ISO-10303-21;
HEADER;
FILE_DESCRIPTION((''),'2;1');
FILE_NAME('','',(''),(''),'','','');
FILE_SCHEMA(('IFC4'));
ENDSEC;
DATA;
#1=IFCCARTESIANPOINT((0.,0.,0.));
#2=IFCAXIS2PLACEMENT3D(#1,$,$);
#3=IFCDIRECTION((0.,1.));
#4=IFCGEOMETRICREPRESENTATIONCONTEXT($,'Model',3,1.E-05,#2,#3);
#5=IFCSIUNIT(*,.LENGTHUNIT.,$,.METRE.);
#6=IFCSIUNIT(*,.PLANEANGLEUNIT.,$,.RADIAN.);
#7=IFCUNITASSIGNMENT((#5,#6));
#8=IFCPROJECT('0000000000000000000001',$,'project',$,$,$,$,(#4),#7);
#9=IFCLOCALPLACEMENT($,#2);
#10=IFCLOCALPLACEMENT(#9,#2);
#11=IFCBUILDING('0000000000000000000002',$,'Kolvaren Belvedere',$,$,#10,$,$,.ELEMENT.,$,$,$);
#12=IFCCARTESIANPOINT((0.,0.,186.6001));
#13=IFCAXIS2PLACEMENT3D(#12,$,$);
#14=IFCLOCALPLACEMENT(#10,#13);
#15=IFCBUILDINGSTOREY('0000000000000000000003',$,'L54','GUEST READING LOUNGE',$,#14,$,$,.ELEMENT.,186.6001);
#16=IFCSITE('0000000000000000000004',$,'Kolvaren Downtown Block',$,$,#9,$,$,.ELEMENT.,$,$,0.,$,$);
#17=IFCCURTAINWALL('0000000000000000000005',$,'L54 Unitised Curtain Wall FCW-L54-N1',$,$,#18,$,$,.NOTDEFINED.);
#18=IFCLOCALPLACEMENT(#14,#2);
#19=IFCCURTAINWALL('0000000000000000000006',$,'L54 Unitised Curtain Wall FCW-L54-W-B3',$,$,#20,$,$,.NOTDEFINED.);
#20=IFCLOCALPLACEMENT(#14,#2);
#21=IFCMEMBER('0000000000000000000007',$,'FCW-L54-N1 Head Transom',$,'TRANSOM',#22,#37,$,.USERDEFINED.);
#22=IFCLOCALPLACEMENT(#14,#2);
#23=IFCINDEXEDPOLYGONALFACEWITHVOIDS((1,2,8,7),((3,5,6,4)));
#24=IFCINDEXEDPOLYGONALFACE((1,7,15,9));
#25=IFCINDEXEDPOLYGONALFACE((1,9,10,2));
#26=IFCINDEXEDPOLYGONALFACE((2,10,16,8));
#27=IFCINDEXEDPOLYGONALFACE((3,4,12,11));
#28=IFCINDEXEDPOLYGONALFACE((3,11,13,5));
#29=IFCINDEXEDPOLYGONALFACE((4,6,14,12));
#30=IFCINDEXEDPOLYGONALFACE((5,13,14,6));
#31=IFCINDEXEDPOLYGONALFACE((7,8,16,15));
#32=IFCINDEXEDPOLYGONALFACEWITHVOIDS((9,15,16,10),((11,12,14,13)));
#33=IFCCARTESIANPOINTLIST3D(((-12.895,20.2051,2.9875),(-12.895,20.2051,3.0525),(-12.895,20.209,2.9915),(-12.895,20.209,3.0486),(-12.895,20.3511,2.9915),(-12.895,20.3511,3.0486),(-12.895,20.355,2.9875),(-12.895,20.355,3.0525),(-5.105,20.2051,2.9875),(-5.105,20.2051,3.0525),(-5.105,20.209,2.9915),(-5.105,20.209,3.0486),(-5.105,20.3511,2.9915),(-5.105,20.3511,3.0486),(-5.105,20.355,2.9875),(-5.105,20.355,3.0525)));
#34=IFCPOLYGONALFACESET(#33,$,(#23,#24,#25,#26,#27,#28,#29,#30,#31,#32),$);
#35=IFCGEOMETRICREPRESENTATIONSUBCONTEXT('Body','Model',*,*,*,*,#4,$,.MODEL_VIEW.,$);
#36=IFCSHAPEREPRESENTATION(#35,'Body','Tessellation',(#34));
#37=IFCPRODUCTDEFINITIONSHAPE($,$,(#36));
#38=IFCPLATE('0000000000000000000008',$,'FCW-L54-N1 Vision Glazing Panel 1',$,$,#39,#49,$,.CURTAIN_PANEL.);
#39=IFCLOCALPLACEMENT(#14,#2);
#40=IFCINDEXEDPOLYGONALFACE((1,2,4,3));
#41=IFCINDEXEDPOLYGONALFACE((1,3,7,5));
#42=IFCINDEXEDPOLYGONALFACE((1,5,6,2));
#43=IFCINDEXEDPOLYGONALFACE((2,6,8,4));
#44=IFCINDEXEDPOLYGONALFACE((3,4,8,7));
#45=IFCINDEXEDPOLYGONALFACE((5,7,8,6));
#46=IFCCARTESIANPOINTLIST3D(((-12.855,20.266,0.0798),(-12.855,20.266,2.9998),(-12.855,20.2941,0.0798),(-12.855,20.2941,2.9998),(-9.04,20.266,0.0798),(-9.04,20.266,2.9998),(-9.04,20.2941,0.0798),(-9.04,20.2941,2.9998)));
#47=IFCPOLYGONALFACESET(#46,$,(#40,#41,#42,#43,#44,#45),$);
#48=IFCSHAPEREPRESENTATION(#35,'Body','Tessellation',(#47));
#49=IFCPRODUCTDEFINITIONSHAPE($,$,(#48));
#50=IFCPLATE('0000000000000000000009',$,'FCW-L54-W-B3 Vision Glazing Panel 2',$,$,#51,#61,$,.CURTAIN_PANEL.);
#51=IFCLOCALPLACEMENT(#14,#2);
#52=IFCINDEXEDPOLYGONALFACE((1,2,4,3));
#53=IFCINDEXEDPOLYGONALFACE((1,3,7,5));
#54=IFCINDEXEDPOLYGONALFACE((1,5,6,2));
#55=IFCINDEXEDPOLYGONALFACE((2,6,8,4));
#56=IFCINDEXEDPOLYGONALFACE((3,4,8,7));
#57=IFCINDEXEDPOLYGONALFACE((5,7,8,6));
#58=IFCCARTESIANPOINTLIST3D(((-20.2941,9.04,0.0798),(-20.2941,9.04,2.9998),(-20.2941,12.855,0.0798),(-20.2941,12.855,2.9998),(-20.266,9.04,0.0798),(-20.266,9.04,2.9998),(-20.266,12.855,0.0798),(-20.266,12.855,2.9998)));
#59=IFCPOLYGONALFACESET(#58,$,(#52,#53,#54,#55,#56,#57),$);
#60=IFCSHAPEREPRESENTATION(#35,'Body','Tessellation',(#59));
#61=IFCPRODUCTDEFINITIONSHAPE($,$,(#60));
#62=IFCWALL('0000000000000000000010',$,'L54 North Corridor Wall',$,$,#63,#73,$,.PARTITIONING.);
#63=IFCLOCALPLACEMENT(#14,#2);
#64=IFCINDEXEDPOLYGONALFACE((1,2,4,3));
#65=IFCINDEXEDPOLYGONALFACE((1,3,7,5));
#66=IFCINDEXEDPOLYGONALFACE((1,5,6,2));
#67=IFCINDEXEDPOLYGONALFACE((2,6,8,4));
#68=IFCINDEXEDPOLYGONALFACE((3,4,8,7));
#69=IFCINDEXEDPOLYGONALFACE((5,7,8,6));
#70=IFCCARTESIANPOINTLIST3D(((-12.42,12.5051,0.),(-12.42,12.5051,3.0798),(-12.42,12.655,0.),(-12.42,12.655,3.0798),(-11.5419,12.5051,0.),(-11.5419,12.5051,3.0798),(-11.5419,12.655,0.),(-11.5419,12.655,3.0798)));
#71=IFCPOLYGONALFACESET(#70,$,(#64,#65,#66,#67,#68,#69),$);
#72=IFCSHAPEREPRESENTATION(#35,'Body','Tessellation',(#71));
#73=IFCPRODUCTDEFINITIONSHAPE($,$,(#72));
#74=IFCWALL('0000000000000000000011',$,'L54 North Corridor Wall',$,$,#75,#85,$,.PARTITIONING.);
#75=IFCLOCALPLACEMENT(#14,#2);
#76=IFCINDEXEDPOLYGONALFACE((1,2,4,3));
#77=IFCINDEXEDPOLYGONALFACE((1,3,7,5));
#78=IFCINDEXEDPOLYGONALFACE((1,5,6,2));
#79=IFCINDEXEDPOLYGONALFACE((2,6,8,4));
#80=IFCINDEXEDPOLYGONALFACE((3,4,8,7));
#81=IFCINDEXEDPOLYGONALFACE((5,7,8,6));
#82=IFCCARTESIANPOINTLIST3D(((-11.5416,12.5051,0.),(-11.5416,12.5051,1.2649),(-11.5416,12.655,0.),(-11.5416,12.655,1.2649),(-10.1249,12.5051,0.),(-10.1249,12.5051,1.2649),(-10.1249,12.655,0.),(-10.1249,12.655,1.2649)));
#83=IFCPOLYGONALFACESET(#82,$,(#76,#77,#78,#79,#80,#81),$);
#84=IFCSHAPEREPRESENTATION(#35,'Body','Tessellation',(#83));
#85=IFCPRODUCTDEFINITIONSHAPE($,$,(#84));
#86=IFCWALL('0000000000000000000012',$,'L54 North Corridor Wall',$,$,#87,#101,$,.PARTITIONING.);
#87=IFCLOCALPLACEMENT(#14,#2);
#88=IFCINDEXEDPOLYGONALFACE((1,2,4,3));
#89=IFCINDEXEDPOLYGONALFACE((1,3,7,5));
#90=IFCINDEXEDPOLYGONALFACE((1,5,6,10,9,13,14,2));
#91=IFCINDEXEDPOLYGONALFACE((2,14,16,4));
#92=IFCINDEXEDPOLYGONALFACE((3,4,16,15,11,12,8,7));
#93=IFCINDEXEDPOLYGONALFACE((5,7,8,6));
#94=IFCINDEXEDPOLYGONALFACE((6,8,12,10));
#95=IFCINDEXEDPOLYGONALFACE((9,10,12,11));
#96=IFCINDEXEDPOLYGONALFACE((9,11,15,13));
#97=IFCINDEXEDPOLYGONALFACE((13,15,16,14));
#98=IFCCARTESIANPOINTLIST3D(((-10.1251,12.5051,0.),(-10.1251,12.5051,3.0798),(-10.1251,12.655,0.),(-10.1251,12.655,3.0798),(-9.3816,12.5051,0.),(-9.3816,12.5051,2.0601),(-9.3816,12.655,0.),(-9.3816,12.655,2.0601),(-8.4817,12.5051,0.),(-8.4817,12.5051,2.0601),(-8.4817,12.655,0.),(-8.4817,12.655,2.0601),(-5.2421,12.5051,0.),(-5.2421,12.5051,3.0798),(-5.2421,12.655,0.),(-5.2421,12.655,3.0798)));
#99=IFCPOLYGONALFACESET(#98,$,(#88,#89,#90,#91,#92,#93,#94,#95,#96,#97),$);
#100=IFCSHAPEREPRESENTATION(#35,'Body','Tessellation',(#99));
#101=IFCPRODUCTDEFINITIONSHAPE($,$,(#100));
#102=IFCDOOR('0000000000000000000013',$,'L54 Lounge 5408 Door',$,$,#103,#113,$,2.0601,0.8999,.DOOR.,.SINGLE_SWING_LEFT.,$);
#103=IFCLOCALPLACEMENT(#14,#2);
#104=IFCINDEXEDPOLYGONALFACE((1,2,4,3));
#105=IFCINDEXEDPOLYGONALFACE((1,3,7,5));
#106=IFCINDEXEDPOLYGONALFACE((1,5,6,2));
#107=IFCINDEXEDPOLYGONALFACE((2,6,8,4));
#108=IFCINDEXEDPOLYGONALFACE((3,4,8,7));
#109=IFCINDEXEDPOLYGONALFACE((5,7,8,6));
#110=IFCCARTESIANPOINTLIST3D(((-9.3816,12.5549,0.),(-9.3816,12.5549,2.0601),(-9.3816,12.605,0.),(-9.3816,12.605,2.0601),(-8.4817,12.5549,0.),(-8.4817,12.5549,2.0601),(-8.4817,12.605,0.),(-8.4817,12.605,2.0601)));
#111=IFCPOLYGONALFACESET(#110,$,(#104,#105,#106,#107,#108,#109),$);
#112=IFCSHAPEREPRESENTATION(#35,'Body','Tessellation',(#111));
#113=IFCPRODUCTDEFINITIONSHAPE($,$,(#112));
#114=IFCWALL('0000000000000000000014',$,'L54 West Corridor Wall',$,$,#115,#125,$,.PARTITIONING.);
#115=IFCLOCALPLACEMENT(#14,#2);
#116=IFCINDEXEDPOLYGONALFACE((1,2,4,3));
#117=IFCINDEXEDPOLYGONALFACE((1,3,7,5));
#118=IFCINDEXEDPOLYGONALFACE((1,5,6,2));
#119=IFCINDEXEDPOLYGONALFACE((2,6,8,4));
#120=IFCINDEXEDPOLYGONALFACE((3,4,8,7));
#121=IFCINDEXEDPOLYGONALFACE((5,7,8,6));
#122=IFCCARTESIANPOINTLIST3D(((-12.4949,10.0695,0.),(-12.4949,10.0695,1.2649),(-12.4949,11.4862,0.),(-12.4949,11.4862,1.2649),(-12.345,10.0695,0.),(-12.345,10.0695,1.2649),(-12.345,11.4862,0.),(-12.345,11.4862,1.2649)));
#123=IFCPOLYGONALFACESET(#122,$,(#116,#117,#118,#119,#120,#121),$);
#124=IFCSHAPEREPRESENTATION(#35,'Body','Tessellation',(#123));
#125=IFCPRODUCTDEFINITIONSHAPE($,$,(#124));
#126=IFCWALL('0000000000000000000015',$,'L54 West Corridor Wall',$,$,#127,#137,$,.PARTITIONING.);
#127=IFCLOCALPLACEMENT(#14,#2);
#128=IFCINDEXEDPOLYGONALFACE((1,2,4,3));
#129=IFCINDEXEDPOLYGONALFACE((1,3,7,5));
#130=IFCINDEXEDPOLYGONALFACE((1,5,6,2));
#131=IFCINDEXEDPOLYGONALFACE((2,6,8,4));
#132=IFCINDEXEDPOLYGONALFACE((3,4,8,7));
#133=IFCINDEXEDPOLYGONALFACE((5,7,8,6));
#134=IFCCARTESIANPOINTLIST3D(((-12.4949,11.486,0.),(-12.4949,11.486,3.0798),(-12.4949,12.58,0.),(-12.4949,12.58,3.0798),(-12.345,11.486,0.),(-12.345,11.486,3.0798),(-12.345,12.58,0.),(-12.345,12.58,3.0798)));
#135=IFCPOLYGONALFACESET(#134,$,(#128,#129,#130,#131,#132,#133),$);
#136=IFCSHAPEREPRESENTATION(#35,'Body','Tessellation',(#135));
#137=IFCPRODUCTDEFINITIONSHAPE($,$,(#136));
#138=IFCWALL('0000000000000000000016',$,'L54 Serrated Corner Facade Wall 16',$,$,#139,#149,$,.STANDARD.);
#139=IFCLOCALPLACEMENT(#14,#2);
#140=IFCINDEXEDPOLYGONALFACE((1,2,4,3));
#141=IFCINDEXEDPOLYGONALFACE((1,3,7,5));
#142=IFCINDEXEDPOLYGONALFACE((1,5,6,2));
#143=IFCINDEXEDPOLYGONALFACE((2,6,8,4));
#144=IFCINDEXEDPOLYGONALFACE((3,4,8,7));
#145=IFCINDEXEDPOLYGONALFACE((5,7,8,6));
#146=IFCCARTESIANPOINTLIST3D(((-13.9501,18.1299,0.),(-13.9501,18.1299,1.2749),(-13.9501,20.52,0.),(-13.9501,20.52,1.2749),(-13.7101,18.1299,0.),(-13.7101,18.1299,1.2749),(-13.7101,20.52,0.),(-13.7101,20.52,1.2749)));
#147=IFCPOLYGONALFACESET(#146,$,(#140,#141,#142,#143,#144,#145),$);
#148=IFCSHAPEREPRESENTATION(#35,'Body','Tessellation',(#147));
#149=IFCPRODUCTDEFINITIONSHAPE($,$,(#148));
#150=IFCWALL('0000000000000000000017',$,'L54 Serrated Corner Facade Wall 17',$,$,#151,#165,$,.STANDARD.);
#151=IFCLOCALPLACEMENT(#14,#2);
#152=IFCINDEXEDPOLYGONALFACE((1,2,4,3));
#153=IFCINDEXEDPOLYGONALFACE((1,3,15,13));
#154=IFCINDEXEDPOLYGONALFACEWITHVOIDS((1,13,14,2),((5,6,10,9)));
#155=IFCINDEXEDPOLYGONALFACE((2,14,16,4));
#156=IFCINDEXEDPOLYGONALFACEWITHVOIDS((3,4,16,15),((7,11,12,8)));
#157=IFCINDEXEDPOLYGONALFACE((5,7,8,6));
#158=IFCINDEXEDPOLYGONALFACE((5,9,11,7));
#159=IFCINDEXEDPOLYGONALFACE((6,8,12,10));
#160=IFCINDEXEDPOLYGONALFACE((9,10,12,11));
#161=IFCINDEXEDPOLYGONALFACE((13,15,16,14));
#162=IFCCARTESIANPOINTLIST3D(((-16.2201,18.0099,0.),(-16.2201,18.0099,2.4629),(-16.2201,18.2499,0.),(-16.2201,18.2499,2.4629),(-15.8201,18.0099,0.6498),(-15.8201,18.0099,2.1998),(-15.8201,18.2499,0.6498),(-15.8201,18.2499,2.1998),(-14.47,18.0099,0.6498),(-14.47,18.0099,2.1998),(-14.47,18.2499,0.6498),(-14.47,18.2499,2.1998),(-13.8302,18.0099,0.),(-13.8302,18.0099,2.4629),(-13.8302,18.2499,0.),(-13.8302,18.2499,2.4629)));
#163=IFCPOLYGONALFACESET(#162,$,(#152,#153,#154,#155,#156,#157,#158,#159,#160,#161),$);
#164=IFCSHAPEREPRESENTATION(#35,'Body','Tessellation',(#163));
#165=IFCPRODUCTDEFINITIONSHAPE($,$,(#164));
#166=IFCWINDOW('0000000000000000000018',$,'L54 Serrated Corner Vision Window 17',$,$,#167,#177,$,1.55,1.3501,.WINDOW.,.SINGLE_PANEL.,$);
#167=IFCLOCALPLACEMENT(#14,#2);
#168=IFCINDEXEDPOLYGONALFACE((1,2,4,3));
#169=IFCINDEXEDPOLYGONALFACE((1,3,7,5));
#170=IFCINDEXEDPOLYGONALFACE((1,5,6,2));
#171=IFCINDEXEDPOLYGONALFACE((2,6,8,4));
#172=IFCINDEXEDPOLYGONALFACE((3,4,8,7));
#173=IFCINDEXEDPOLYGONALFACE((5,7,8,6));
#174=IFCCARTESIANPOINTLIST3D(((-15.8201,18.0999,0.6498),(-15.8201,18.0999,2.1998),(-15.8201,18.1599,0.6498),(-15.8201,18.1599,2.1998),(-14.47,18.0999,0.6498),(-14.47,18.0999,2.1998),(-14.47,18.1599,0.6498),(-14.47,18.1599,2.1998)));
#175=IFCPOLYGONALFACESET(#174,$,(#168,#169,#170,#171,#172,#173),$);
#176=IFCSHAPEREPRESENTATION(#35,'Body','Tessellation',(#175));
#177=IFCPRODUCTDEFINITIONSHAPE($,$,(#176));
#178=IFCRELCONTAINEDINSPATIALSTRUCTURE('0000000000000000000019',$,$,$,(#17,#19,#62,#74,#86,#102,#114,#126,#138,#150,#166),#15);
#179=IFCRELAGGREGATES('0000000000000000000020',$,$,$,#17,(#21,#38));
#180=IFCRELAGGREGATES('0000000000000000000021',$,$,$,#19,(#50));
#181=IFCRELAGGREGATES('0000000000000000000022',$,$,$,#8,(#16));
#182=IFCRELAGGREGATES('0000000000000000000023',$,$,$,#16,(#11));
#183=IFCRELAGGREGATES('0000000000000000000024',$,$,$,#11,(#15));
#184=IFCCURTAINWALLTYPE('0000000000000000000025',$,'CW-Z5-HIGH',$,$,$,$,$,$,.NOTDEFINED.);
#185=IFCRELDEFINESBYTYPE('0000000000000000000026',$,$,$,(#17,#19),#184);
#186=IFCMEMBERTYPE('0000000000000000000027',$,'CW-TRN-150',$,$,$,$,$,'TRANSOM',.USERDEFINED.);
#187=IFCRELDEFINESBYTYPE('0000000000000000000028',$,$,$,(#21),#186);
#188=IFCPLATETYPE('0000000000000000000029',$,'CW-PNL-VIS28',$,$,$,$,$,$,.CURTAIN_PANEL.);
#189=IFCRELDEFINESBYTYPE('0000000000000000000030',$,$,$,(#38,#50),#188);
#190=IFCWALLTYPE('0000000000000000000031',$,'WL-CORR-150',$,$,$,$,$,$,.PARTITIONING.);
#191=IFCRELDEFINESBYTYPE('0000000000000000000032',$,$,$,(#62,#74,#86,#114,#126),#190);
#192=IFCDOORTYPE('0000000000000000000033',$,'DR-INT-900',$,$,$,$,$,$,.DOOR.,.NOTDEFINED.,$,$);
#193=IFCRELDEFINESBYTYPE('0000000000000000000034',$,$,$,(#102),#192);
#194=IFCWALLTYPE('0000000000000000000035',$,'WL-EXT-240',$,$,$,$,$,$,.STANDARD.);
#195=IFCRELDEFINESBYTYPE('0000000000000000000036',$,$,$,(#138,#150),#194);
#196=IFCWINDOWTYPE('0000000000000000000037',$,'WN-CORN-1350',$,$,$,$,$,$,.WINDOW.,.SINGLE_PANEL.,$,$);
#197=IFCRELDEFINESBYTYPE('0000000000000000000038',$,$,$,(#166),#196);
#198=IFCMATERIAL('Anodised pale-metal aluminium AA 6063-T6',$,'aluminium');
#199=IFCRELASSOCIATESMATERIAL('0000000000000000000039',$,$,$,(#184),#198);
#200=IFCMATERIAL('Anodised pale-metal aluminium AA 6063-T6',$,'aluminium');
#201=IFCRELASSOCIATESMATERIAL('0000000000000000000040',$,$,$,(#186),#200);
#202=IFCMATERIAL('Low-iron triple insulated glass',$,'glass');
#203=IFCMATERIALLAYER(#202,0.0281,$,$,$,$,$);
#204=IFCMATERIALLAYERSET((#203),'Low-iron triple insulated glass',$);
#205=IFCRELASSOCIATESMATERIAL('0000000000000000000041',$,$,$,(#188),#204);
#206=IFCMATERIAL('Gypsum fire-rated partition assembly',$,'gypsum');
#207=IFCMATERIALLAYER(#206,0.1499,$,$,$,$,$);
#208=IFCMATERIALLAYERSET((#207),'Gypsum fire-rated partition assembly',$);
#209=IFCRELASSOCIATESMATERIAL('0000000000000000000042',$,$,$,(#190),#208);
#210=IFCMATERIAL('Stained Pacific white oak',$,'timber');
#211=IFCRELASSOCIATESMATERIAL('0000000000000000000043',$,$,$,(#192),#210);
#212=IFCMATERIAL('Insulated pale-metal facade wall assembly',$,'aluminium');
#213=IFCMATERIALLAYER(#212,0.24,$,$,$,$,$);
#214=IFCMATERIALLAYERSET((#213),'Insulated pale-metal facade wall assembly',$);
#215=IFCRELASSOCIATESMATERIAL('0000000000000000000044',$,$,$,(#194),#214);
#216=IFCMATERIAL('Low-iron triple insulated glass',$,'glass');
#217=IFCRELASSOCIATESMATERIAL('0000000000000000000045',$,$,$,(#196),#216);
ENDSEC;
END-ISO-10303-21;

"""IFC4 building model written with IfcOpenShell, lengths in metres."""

from ifc_helpers import new_model, si_unit, direction, frame, frame_2d, origin, origin_2d, place, context, subcontext, project, spatial, rectangle, hollow_rectangle, extrude, material, layer, layer_set, material_profile, profile_set, type_object, element, fill, aggregate, save


model = new_model("IFC4")

# Units and contexts
model_context = context("Model", 3, precision=1e-05, world=origin(), true_north=direction((0.0, 1.0)))
body_context = subcontext(model_context, "Body", "Model", "MODEL_VIEW")
ifc_project = project(units=[si_unit("LENGTHUNIT", "METRE"), si_unit("PLANEANGLEUNIT", "RADIAN")], contexts=[model_context])

# Site, building, storey
site_placement = place(None, origin())
site = spatial("IfcSite", under=ifc_project, at=site_placement, Name="Kolvaren Downtown Block", CompositionType="ELEMENT", RefElevation=0.0)
building_placement = place(site_placement, origin())
building = spatial("IfcBuilding", under=site, at=building_placement, Name="Kolvaren Belvedere", CompositionType="ELEMENT")
storey_placement = place(building_placement, frame((0.0, 0.0, 186.6001)))
storey = spatial("IfcBuildingStorey", under=building, at=storey_placement, Name="L54", Description="GUEST READING LOUNGE", CompositionType="ELEMENT", Elevation=186.6001)

# Curtain walls
ifc_material_1 = material(Name="Anodised pale-metal aluminium AA 6063-T6", Category="aluminium")
curtain_wall_type = type_object("IfcCurtainWallType", Name="CW-Z5-HIGH", PredefinedType="NOTDEFINED", material=ifc_material_1)
curtain_wall_1_placement = place(storey_placement, origin())
curtain_wall_1 = element("IfcCurtainWall", 1, at=curtain_wall_1_placement, inside=storey, type_object=curtain_wall_type, Name="L54 Unitised Curtain Wall FCW-L54-N1", PredefinedType="NOTDEFINED")
curtain_wall_2_placement = place(storey_placement, origin())
curtain_wall_2 = element("IfcCurtainWall", 2, at=curtain_wall_2_placement, inside=storey, type_object=curtain_wall_type, Name="L54 Unitised Curtain Wall FCW-L54-W-B3", PredefinedType="NOTDEFINED")

# Member
ifc_material_2 = material(Name="Anodised pale-metal aluminium AA 6063-T6", Category="aluminium")
ifc_material_profile_1 = material_profile(ifc_material_2, hollow_rectangle(XDim=0.0649, YDim=0.1499, WallThickness=0.0039, at=origin_2d()), Name="ALU-TRN-150X65")
ifc_profile_set_1 = profile_set([ifc_material_profile_1], Name="Anodised pale-metal aluminium AA 6063-T6")
member_type_1 = type_object("IfcMemberType", Name="CW-TRN-150", ElementType="TRANSOM", PredefinedType="USERDEFINED", material=ifc_profile_set_1)
member_1_placement = place(storey_placement, frame((-12.895, 20.28, 3.02), z_axis=(1.0, 0.0, 0.0), x_axis=(0.0, 0.0, 1.0)))
member_1 = element("IfcMember", 3, at=member_1_placement, type_object=member_type_1, Name="FCW-L54-N1 Head Transom", ObjectType="TRANSOM", PredefinedType="USERDEFINED", context=body_context, shape_type="SweptSolid", body=[
    extrude(hollow_rectangle(XDim=0.0649, YDim=0.1499, WallThickness=0.0039, at=origin_2d()), origin(), (0.0, 0.0, 1.0), 7.79),
])

# Plates
ifc_material_3 = material(Name="Low-iron triple insulated glass", Category="glass")
ifc_layer_1 = layer(ifc_material_3, 0.0281)
ifc_layer_set_1 = layer_set([ifc_layer_1], Name="Low-iron triple insulated glass")
plate_type = type_object("IfcPlateType", Name="CW-PNL-VIS28", PredefinedType="CURTAIN_PANEL", material=ifc_layer_set_1)
plate_1_placement = place(storey_placement, frame((-10.9475, 20.28, 0.0798), z_axis=(0.0, 0.0, 1.0), x_axis=(1.0, 0.0, 0.0)))
plate_1 = element("IfcPlate", 4, at=plate_1_placement, type_object=plate_type, Name="FCW-L54-N1 Vision Glazing Panel 1", PredefinedType="CURTAIN_PANEL", context=body_context, shape_type="SweptSolid", body=[
    extrude(rectangle(XDim=3.8149, YDim=0.0281, at=origin_2d()), origin(), (0.0, 0.0, 1.0), 2.9199),
])
aggregate(curtain_wall_1, [member_1, plate_1])
plate_2_placement = place(storey_placement, frame((-20.28, 10.9475, 0.0798), z_axis=(0.0, 0.0, 1.0), x_axis=(0.0, 1.0, 0.0)))
plate_2 = element("IfcPlate", 5, at=plate_2_placement, type_object=plate_type, Name="FCW-L54-W-B3 Vision Glazing Panel 2", PredefinedType="CURTAIN_PANEL", context=body_context, shape_type="SweptSolid", body=[
    extrude(rectangle(XDim=3.8149, YDim=0.0281, at=origin_2d()), origin(), (0.0, 0.0, 1.0), 2.9199),
])
aggregate(curtain_wall_2, [plate_2])

# Walls
ifc_material_4 = material(Name="Gypsum fire-rated partition assembly", Category="gypsum")
ifc_layer_2 = layer(ifc_material_4, 0.1499)
ifc_layer_set_2 = layer_set([ifc_layer_2], Name="Gypsum fire-rated partition assembly")
wall_type_1 = type_object("IfcWallType", Name="WL-CORR-150", PredefinedType="PARTITIONING", material=ifc_layer_set_2)
wall_1_placement = place(storey_placement, frame((-12.4199, 12.5801, 0.0), z_axis=(0.0, 0.0, 1.0), x_axis=(1.0, 0.0, 0.0)))
element("IfcWall", 6, at=wall_1_placement, inside=storey, type_object=wall_type_1, Name="L54 North Corridor Wall", PredefinedType="PARTITIONING", context=body_context, shape_type="SweptSolid", body=[
    extrude(rectangle(XDim=0.8782, YDim=0.1499, at=frame_2d((0.439, 0.0))), origin(), (0.0, 0.0, 1.0), 3.0798),
])
wall_2_placement = place(storey_placement, frame((-11.5417, 12.5801, 0.0), z_axis=(0.0, 0.0, 1.0), x_axis=(1.0, 0.0, 0.0)))
element("IfcWall", 7, at=wall_2_placement, inside=storey, type_object=wall_type_1, Name="L54 North Corridor Wall", PredefinedType="PARTITIONING", context=body_context, shape_type="SweptSolid", body=[
    extrude(rectangle(XDim=1.4167, YDim=0.1499, at=frame_2d((0.7085, 0.0))), origin(), (0.0, 0.0, 1.0), 1.2649),
])

# Wall, opening, door
wall_3_placement = place(storey_placement, frame((-10.125, 12.5801, 0.0), z_axis=(0.0, 0.0, 1.0), x_axis=(1.0, 0.0, 0.0)))
wall_3 = element("IfcWall", 8, at=wall_3_placement, inside=storey, type_object=wall_type_1, Name="L54 North Corridor Wall", PredefinedType="PARTITIONING", context=body_context, shape_type="SweptSolid", body=[
    extrude(rectangle(XDim=4.8831, YDim=0.1499, at=frame_2d((2.4414, 0.0))), origin(), (0.0, 0.0, 1.0), 3.0798),
])
opening_1_placement = place(wall_3_placement, frame((0.7434, 0.0, 0.0)))
opening_1 = element("IfcOpeningElement", 9, at=opening_1_placement, cuts=wall_3, PredefinedType="OPENING", context=body_context, shape_type="SweptSolid", body=[
    extrude(rectangle(XDim=0.8999, YDim=2.0601, at=frame_2d((0.45, 1.03))), frame((0.0, 0.085, 0.0), z_axis=(0.0, -1.0, 0.0), x_axis=(1.0, 0.0, 0.0)), (0.0, 0.0, 1.0), 0.1699),
])
ifc_material_5 = material(Name="Stained Pacific white oak", Category="timber")
door_type = type_object("IfcDoorType", Name="DR-INT-900", OperationType="NOTDEFINED", PredefinedType="DOOR", material=ifc_material_5)
door_placement = place(opening_1_placement, origin())
door = element("IfcDoor", 10, at=door_placement, inside=storey, type_object=door_type, Name="L54 Lounge 5408 Door", OperationType="SINGLE_SWING_LEFT", OverallHeight=2.0601, OverallWidth=0.8999, PredefinedType="DOOR", context=body_context, shape_type="SweptSolid", body=[
    extrude(rectangle(XDim=0.8999, YDim=2.0601, at=frame_2d((0.45, 1.03))), frame((0.0, 0.0249, 0.0), z_axis=(0.0, -1.0, 0.0), x_axis=(1.0, 0.0, 0.0)), (0.0, 0.0, 1.0), 0.05),
])
fill(opening_1, door)

# Walls
wall_4_placement = place(storey_placement, frame((-12.4199, 10.0693, 0.0), z_axis=(0.0, 0.0, 1.0), x_axis=(0.0, 1.0, 0.0)))
element("IfcWall", 11, at=wall_4_placement, inside=storey, type_object=wall_type_1, Name="L54 West Corridor Wall", PredefinedType="PARTITIONING", context=body_context, shape_type="SweptSolid", body=[
    extrude(rectangle(XDim=1.4167, YDim=0.1499, at=frame_2d((0.7085, 0.0))), origin(), (0.0, 0.0, 1.0), 1.2649),
])
wall_5_placement = place(storey_placement, frame((-12.4199, 11.4861, 0.0), z_axis=(0.0, 0.0, 1.0), x_axis=(0.0, 1.0, 0.0)))
element("IfcWall", 12, at=wall_5_placement, inside=storey, type_object=wall_type_1, Name="L54 West Corridor Wall", PredefinedType="PARTITIONING", context=body_context, shape_type="SweptSolid", body=[
    extrude(rectangle(XDim=1.094, YDim=0.1499, at=frame_2d((0.5469, 0.0))), origin(), (0.0, 0.0, 1.0), 3.0798),
])
ifc_material_6 = material(Name="Insulated pale-metal facade wall assembly", Category="aluminium")
ifc_layer_3 = layer(ifc_material_6, 0.24)
ifc_layer_set_3 = layer_set([ifc_layer_3], Name="Insulated pale-metal facade wall assembly")
wall_type_2 = type_object("IfcWallType", Name="WL-EXT-240", PredefinedType="STANDARD", material=ifc_layer_set_3)
wall_6_placement = place(storey_placement, frame((-13.8301, 18.1299, 0.0), z_axis=(0.0, 0.0, 1.0), x_axis=(0.0, 1.0, 0.0)))
element("IfcWall", 13, at=wall_6_placement, inside=storey, type_object=wall_type_2, Name="L54 Serrated Corner Facade Wall 16", PredefinedType="STANDARD", context=body_context, shape_type="SweptSolid", body=[
    extrude(rectangle(XDim=2.3901, YDim=0.24, at=frame_2d((1.1951, 0.0))), origin(), (0.0, 0.0, 1.0), 1.2749),
])

# Wall, opening, window
wall_7_placement = place(storey_placement, frame((-16.22, 18.1299, 0.0), z_axis=(0.0, 0.0, 1.0), x_axis=(1.0, 0.0, 0.0)))
wall_7 = element("IfcWall", 14, at=wall_7_placement, inside=storey, type_object=wall_type_2, Name="L54 Serrated Corner Facade Wall 17", PredefinedType="STANDARD", context=body_context, shape_type="SweptSolid", body=[
    extrude(rectangle(XDim=2.3899, YDim=0.24, at=frame_2d((1.1948, 0.0))), origin(), (0.0, 0.0, 1.0), 2.4629),
])
opening_2_placement = place(wall_7_placement, frame((0.3999, 0.0, 0.6499)))
opening_2 = element("IfcOpeningElement", 15, at=opening_2_placement, cuts=wall_7, PredefinedType="OPENING", context=body_context, shape_type="SweptSolid", body=[
    extrude(rectangle(XDim=1.3501, YDim=1.55, at=frame_2d((0.675, 0.7749))), frame((0.0, 0.1299, 0.0), z_axis=(0.0, -1.0, 0.0), x_axis=(1.0, 0.0, 0.0)), (0.0, 0.0, 1.0), 0.26),
])
ifc_material_7 = material(Name="Low-iron triple insulated glass", Category="glass")
window_type_1 = type_object("IfcWindowType", Name="WN-CORN-1350", PartitioningType="SINGLE_PANEL", PredefinedType="WINDOW", material=ifc_material_7)
window_1_placement = place(opening_2_placement, origin())
window_1 = element("IfcWindow", 16, at=window_1_placement, inside=storey, type_object=window_type_1, Name="L54 Serrated Corner Vision Window 17", OverallHeight=1.55, OverallWidth=1.3501, PartitioningType="SINGLE_PANEL", PredefinedType="WINDOW", context=body_context, shape_type="SweptSolid", body=[
    extrude(rectangle(XDim=1.3501, YDim=1.55, at=frame_2d((0.675, 0.7749))), frame((0.0, 0.03, 0.0), z_axis=(0.0, -1.0, 0.0), x_axis=(1.0, 0.0, 0.0)), (0.0, 0.0, 1.0), 0.0601),
])
fill(opening_2, window_1)

save(model, "model.ifc")
